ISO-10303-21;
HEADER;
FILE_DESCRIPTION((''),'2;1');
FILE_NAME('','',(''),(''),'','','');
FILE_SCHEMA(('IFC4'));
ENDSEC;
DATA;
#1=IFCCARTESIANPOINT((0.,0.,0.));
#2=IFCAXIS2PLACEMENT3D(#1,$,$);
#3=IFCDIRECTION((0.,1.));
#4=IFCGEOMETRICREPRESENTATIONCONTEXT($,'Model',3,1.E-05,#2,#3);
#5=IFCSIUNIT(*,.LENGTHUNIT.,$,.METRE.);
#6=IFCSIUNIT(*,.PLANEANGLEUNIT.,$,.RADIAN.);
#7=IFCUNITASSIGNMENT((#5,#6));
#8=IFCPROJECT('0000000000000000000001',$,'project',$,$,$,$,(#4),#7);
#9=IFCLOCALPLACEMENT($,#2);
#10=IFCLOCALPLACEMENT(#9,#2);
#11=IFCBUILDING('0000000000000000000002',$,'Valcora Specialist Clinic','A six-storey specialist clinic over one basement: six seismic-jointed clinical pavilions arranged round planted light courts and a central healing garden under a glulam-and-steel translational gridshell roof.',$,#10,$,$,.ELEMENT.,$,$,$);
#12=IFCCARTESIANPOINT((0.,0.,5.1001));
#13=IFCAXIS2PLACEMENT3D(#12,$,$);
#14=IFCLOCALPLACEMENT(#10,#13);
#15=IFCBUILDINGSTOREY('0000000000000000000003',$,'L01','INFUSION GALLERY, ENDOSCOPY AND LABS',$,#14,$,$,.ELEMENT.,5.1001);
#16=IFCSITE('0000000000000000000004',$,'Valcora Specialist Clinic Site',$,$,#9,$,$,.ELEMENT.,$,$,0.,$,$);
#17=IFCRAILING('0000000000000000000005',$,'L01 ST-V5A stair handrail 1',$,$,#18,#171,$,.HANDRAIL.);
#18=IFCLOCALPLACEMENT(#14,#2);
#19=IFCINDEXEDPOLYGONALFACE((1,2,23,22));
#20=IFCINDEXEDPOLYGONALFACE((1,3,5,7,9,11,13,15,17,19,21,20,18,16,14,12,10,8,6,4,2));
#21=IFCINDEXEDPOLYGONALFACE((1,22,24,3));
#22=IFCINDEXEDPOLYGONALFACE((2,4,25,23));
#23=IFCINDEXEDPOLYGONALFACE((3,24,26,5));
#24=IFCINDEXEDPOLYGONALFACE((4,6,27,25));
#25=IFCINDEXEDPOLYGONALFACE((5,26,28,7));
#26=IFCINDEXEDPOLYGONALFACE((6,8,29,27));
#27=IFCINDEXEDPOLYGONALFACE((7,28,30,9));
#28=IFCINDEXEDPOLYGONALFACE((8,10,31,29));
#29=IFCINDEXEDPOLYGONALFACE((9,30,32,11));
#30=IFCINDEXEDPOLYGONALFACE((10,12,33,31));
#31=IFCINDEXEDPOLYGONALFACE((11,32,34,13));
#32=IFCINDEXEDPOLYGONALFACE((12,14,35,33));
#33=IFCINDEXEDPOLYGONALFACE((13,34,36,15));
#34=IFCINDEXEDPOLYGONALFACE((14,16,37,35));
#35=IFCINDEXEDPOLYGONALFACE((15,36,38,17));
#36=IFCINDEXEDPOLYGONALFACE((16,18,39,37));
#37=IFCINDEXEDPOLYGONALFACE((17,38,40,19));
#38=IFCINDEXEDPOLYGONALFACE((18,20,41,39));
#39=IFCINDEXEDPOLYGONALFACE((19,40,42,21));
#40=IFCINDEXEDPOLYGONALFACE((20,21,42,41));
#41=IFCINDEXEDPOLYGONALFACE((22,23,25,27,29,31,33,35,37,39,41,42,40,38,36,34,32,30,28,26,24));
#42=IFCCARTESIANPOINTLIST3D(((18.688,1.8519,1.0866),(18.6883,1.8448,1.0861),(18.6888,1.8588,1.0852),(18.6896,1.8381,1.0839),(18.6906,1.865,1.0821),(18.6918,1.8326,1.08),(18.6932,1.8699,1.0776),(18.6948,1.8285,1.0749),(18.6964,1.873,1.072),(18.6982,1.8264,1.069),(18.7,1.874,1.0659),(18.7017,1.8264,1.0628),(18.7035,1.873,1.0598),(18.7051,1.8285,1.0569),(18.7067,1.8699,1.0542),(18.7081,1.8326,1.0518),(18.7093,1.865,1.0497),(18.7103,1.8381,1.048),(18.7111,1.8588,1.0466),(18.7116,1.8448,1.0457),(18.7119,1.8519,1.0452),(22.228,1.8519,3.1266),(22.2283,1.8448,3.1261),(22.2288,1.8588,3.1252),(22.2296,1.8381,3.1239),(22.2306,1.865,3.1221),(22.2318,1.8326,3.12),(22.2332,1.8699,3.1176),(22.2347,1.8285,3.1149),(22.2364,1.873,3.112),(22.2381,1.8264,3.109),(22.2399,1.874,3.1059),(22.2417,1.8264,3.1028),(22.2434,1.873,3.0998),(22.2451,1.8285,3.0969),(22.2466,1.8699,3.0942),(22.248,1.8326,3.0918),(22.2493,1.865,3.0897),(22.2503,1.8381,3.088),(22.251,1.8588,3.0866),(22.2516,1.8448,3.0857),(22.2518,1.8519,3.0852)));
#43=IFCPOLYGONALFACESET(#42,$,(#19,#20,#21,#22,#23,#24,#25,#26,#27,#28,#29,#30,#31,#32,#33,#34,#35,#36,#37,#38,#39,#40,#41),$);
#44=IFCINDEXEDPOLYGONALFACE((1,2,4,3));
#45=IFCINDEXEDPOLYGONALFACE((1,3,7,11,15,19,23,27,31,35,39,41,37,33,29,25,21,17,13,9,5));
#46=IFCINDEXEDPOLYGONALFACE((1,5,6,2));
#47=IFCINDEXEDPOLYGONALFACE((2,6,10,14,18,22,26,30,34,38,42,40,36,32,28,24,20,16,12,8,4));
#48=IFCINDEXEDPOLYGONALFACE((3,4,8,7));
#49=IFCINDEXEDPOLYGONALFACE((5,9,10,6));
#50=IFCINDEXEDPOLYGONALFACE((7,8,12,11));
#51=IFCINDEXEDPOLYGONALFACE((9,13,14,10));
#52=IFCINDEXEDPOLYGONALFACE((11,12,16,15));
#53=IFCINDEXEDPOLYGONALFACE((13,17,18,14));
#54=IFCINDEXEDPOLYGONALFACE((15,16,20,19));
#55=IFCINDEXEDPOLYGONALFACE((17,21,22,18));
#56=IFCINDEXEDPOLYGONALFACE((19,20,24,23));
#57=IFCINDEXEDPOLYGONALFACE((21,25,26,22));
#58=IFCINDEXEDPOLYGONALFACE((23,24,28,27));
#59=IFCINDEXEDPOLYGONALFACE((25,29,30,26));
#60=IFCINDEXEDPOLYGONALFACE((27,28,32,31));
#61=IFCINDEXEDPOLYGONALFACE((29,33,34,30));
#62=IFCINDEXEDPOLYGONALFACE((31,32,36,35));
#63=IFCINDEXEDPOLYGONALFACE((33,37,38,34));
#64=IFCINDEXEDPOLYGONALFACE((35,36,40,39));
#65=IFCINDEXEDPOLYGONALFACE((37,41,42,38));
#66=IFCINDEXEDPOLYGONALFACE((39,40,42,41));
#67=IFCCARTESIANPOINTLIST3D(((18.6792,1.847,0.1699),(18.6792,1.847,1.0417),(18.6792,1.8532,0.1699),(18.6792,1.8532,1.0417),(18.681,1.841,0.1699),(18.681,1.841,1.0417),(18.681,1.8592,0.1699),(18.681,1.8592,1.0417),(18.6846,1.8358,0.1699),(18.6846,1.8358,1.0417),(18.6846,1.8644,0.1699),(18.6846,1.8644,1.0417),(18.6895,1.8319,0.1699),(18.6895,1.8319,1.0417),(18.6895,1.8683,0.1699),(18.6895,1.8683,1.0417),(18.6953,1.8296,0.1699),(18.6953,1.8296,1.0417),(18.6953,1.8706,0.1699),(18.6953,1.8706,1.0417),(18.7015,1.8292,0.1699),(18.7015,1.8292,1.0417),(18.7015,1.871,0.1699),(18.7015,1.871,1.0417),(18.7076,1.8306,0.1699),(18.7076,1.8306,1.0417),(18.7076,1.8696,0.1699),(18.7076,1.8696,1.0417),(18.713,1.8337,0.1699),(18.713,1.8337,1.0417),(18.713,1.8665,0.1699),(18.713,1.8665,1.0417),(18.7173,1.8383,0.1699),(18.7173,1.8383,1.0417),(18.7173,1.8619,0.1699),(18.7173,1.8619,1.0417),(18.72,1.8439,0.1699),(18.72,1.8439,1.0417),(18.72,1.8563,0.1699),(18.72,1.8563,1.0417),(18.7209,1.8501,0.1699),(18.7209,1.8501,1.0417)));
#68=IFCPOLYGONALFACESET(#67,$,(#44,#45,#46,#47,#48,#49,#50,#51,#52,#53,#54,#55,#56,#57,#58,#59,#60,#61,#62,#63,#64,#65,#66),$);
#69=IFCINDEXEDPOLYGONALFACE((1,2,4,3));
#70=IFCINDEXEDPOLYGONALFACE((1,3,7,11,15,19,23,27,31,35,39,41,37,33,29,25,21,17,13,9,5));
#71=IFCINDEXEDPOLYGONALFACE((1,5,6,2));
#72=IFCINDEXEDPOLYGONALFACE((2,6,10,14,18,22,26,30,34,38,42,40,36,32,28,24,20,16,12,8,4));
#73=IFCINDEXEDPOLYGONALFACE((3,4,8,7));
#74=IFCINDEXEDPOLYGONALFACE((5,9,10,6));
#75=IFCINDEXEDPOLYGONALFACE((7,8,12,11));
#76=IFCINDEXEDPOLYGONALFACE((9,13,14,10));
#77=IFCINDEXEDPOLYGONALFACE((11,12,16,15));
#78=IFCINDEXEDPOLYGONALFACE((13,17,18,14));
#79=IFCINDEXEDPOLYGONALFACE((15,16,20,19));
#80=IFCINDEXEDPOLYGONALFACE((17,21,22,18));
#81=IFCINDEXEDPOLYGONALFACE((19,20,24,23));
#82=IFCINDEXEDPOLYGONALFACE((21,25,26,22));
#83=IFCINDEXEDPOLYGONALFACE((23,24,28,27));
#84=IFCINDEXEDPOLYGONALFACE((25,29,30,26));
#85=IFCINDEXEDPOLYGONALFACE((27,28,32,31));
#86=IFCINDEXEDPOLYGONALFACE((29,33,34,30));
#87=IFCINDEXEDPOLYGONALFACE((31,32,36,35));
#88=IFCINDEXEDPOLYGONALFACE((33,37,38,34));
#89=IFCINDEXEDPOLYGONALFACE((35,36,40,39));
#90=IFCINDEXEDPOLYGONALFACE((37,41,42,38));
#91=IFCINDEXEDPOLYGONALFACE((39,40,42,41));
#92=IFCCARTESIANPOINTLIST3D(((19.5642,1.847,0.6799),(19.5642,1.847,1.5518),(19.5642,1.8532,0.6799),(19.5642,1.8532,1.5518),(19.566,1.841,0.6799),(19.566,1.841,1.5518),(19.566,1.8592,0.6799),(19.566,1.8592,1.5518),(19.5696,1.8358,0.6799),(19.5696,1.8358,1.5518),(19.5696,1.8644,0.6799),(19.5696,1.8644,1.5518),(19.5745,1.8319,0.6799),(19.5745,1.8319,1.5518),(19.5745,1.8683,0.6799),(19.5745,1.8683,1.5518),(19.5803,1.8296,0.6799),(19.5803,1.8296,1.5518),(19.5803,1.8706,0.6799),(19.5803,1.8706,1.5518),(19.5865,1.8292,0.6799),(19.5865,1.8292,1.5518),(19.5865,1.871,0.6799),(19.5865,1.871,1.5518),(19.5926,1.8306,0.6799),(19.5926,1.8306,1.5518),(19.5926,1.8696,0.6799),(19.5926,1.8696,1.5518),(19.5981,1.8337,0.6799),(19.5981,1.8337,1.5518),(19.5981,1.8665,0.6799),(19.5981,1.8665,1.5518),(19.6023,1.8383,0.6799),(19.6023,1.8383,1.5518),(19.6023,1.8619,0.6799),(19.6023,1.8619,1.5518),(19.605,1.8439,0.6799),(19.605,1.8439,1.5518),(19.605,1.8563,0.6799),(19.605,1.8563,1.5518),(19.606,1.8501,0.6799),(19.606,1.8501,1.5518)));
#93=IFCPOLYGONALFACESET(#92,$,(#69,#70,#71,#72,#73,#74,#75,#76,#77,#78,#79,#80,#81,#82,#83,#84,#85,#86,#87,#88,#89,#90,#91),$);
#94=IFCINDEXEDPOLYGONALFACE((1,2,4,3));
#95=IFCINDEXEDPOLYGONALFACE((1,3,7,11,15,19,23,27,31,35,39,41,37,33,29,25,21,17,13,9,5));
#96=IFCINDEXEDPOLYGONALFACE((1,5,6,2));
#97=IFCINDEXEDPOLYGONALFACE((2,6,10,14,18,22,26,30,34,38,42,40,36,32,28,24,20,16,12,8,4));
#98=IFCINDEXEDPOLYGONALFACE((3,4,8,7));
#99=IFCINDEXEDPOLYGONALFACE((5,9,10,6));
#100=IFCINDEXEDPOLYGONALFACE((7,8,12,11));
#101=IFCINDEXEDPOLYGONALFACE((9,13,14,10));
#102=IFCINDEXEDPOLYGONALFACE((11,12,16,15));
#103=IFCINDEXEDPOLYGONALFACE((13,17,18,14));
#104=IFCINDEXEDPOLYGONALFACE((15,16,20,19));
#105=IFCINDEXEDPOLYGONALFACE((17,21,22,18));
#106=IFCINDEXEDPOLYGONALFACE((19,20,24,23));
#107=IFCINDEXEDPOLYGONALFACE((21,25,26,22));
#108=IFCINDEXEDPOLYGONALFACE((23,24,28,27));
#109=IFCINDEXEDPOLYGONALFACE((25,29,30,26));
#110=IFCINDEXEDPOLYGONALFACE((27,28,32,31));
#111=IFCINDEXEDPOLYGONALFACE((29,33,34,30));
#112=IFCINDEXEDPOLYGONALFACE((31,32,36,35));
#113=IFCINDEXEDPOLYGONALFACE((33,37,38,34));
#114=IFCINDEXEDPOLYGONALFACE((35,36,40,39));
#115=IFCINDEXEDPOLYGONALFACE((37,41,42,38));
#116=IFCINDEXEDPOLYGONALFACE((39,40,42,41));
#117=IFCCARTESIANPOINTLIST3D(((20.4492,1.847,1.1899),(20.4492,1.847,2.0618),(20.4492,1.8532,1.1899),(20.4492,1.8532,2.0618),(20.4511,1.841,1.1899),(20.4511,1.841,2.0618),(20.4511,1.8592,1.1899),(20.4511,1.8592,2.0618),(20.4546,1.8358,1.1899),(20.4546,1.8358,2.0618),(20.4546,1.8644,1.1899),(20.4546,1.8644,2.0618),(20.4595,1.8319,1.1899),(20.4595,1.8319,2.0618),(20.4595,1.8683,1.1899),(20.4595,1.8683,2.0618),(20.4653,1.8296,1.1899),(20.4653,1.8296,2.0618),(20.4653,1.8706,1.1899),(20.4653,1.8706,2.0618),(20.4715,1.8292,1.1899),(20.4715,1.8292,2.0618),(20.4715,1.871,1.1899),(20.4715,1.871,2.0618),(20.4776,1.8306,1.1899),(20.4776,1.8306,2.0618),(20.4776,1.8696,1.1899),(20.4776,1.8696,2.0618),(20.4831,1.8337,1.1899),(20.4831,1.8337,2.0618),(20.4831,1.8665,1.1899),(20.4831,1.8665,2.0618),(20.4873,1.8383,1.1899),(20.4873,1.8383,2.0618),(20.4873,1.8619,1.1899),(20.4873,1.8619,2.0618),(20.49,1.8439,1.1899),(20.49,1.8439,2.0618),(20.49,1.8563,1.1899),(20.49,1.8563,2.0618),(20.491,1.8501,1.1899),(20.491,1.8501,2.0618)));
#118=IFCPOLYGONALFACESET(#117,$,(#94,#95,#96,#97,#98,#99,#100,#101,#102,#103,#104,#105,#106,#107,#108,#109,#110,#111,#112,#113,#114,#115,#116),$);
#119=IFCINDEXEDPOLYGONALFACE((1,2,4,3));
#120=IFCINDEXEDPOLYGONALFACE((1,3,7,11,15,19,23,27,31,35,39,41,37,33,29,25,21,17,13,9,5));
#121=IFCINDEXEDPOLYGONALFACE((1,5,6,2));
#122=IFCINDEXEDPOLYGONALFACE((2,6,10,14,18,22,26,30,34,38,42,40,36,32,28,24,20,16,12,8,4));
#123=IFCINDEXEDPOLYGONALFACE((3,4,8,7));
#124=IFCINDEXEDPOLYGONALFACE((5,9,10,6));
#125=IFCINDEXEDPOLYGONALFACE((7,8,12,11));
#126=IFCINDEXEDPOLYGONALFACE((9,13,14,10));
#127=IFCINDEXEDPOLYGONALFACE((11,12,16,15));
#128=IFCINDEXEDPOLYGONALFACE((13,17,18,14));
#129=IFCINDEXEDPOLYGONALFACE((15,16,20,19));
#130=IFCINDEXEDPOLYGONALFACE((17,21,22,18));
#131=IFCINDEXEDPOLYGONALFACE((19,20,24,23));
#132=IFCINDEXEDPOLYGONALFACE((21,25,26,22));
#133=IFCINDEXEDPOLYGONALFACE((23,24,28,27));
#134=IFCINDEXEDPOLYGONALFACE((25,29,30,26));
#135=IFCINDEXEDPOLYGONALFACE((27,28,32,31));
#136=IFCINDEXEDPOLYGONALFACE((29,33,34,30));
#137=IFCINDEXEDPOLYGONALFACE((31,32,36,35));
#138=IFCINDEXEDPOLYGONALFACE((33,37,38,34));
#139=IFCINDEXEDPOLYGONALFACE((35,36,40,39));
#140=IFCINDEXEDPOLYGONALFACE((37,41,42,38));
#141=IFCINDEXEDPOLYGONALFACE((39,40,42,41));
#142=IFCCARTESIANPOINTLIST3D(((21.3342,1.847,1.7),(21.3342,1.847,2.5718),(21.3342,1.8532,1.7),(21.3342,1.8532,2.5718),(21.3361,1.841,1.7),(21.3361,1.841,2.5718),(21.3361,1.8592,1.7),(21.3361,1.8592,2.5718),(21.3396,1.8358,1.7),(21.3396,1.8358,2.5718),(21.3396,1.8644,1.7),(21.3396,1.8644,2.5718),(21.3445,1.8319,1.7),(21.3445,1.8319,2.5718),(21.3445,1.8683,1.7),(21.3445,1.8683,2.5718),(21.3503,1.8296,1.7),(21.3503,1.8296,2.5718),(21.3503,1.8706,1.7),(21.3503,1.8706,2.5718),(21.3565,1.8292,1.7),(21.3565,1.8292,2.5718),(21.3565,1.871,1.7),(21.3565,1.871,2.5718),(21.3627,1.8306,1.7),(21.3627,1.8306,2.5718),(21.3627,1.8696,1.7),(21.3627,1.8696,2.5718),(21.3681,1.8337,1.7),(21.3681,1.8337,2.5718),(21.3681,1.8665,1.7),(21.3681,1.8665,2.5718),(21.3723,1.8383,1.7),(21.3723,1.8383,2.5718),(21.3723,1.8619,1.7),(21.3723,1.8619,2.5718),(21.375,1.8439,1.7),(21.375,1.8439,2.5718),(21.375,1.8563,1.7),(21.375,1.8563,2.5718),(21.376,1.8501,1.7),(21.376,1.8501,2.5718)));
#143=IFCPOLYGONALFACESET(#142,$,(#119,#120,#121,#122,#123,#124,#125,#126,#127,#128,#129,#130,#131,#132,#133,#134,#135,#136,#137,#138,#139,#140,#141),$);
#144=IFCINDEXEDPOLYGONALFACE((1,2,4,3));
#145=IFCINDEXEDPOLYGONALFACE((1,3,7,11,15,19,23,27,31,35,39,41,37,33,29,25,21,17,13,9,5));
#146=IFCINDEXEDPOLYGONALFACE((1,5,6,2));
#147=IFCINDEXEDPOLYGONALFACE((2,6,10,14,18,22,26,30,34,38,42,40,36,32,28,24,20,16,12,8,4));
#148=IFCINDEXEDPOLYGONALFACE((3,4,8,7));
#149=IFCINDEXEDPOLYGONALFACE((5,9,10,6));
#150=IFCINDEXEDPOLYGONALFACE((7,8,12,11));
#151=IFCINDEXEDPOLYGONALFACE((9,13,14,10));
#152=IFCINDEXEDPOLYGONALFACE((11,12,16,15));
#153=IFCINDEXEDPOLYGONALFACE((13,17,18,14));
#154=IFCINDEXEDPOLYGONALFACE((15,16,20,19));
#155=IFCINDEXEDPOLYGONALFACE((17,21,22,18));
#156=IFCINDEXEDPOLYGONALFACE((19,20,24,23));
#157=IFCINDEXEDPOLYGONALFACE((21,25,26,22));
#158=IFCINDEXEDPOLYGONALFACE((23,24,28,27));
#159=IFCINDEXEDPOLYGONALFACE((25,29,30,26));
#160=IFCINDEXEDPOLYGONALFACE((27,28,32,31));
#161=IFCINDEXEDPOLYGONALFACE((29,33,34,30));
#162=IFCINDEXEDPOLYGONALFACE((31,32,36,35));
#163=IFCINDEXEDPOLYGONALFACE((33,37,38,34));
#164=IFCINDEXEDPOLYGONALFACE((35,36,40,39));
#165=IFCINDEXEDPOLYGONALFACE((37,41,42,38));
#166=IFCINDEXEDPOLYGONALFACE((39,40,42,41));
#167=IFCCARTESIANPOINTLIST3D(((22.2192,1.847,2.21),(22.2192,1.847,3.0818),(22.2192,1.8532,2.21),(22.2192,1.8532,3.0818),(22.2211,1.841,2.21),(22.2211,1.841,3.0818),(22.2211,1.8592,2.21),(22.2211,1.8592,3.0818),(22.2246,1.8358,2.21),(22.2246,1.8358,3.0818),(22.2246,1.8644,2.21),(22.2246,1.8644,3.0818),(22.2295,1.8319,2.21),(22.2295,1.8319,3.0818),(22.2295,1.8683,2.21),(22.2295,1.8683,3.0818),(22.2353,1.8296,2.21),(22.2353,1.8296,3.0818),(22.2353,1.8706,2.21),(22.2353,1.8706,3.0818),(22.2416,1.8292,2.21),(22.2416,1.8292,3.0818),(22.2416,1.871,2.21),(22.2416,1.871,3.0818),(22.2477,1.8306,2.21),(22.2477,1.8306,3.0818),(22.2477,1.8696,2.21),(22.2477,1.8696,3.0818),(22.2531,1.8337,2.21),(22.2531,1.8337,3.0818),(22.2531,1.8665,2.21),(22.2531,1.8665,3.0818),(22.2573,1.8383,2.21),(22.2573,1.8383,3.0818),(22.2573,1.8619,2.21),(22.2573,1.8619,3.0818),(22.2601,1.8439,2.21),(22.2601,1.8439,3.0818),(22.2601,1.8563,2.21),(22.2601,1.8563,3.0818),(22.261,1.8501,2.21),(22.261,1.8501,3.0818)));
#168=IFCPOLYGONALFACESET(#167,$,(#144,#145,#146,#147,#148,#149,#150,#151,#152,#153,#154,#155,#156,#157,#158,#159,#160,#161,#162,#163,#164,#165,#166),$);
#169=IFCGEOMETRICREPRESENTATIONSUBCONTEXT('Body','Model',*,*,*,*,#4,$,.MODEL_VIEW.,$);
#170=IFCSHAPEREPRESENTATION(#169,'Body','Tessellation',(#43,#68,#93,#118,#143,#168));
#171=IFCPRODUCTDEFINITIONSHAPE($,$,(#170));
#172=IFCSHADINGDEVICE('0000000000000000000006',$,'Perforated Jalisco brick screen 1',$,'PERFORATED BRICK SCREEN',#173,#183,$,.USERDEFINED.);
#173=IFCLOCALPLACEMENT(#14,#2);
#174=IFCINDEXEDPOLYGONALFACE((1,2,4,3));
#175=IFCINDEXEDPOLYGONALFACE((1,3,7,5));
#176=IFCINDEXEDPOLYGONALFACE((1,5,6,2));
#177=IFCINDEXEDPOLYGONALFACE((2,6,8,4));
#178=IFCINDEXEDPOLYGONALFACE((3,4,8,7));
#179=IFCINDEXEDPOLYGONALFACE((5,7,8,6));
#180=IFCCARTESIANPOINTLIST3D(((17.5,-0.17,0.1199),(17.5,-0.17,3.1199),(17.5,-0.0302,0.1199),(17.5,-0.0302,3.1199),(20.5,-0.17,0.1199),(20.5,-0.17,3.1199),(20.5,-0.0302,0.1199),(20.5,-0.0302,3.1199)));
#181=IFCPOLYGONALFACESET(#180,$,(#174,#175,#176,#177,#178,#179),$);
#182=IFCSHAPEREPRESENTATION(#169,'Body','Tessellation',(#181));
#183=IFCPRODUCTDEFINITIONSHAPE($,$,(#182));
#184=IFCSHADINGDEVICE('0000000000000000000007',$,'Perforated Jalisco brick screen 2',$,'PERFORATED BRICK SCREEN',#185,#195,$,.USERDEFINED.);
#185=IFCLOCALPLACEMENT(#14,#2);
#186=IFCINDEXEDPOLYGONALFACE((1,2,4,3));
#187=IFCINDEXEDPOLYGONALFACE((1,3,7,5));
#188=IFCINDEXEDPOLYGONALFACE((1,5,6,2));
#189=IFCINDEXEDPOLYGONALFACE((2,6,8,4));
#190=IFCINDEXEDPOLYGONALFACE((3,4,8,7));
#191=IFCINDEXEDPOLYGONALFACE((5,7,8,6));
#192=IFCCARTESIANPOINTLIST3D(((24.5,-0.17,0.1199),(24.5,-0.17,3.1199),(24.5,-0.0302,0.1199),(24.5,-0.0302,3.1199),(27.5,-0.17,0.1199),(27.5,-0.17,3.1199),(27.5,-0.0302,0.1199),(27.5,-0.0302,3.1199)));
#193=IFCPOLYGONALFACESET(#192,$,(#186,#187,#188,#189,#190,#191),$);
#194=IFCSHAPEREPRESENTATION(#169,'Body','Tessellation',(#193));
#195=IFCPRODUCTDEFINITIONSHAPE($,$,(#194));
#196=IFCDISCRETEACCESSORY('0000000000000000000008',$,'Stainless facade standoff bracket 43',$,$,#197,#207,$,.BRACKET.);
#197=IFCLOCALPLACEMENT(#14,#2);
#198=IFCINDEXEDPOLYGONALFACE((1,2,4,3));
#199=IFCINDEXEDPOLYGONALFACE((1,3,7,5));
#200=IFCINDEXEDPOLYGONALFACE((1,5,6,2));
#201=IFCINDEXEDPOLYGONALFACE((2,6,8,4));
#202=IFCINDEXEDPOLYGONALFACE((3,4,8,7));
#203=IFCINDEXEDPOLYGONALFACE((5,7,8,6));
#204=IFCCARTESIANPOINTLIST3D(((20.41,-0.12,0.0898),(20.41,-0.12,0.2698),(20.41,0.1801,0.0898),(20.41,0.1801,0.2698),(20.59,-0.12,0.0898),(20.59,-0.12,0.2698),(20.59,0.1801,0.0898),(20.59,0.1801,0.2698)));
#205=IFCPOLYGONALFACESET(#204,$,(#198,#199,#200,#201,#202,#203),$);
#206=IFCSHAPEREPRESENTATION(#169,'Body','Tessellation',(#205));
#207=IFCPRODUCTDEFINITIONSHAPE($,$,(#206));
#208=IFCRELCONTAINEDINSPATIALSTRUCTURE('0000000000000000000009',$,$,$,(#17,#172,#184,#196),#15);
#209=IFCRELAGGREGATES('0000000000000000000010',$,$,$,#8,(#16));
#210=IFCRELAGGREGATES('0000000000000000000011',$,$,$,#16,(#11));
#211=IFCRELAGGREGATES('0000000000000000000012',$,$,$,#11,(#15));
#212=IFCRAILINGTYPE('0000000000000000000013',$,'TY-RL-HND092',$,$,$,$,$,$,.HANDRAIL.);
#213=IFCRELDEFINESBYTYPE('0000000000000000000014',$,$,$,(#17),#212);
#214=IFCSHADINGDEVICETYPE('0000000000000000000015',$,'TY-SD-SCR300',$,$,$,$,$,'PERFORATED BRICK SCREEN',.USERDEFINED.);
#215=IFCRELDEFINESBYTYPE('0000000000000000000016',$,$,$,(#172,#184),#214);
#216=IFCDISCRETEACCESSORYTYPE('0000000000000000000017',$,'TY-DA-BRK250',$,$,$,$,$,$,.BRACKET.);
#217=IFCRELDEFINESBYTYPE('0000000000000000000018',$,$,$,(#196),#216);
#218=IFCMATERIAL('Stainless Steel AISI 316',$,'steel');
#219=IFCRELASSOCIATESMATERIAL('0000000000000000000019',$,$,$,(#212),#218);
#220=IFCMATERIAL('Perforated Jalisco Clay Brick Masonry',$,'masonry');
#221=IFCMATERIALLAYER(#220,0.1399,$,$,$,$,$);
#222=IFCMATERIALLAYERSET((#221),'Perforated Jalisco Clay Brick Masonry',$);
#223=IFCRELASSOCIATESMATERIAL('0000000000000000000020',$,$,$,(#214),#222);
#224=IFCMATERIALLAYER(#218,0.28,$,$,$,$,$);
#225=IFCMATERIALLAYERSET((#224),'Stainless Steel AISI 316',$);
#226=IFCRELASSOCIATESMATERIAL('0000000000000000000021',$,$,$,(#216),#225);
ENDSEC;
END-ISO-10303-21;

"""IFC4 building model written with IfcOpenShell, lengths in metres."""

from ifc_helpers import new_model, si_unit, direction, frame, origin, origin_2d, place, context, subcontext, project, spatial, rectangle, circle, extrude, material, layer, layer_set, type_object, element, save


model = new_model("IFC4")

# Units and contexts
model_context = context("Model", 3, precision=1e-05, world=origin(), true_north=direction((0.0, 1.0)))
body_context = subcontext(model_context, "Body", "Model", "MODEL_VIEW")
ifc_project = project(units=[si_unit("LENGTHUNIT", "METRE"), si_unit("PLANEANGLEUNIT", "RADIAN")], contexts=[model_context])

# Site, building, storey
site_placement = place(None, origin())
site = spatial("IfcSite", under=ifc_project, at=site_placement, Name="Valcora Specialist Clinic Site", CompositionType="ELEMENT", RefElevation=0.0)
building_placement = place(site_placement, origin())
building = spatial("IfcBuilding", under=site, at=building_placement, Name="Valcora Specialist Clinic", Description="A six-storey specialist clinic over one basement: six seismic-jointed clinical pavilions arranged round planted light courts and a central healing garden under a glulam-and-steel translational gridshell roof.", CompositionType="ELEMENT")
storey_placement = place(building_placement, frame((0.0, 0.0, 5.1001)))
storey = spatial("IfcBuildingStorey", under=building, at=storey_placement, Name="L01", Description="INFUSION GALLERY, ENDOSCOPY AND LABS", CompositionType="ELEMENT", Elevation=5.1001)

# Railing
ifc_material_1 = material(Name="Stainless Steel AISI 316", Category="steel")
railing_type = type_object("IfcRailingType", Name="TY-RL-HND092", PredefinedType="HANDRAIL", material=ifc_material_1)
railing_placement = place(storey_placement, frame((18.7, 1.8501, 0.1699)))
element("IfcRailing", 1, at=railing_placement, inside=storey, type_object=railing_type, Name="L01 ST-V5A stair handrail 1", PredefinedType="HANDRAIL", context=body_context, shape_type="SweptSolid", body=[
    extrude(circle(Radius=0.0239, at=origin_2d()), frame((0.0, 0.0, 0.896), z_axis=(0.866428, 0.0, 0.499302), x_axis=(0.0, 1.0, 0.0)), (0.0, 0.0, 1.0), 4.0857),
    extrude(circle(Radius=0.021, at=origin_2d()), origin(), (0.0, 0.0, 1.0), 0.8718),
    extrude(circle(Radius=0.021, at=origin_2d()), frame((0.885, 0.0, 0.51)), (0.0, 0.0, 1.0), 0.8718),
    extrude(circle(Radius=0.021, at=origin_2d()), frame((1.77, 0.0, 1.02)), (0.0, 0.0, 1.0), 0.8718),
    extrude(circle(Radius=0.021, at=origin_2d()), frame((2.655, 0.0, 1.53)), (0.0, 0.0, 1.0), 0.8718),
    extrude(circle(Radius=0.021, at=origin_2d()), frame((3.54, 0.0, 2.04)), (0.0, 0.0, 1.0), 0.8718),
])

# Shading devices
ifc_material_2 = material(Name="Perforated Jalisco Clay Brick Masonry", Category="masonry")
ifc_layer_1 = layer(ifc_material_2, 0.1399)
ifc_layer_set_1 = layer_set([ifc_layer_1], Name="Perforated Jalisco Clay Brick Masonry")
shading_device_type = type_object("IfcShadingDeviceType", Name="TY-SD-SCR300", ElementType="PERFORATED BRICK SCREEN", PredefinedType="USERDEFINED", material=ifc_layer_set_1)
for number, where, z_axis, x_axis, name in (
    (2, (19.0, -0.1001, 0.1199), (0.0, 0.0, 1.0), (1.0, 0.0, 0.0), "Perforated Jalisco brick screen 1"),
    (3, (26.0, -0.1001, 0.1199), (0.0, 0.0, 1.0), (1.0, 0.0, 0.0), "Perforated Jalisco brick screen 2"),
):
    element("IfcShadingDevice", number, at=place(storey_placement, frame(where, z_axis=z_axis, x_axis=x_axis)), inside=storey, type_object=shading_device_type, Name=name, ObjectType="PERFORATED BRICK SCREEN", PredefinedType="USERDEFINED", context=body_context, shape_type="SweptSolid", body=[
        extrude(rectangle(XDim=3.0, YDim=0.1399, at=origin_2d()), origin(), (0.0, 0.0, 1.0), 3.0),
    ])

# Discrete accessory
ifc_layer_2 = layer(ifc_material_1, 0.28)
ifc_layer_set_2 = layer_set([ifc_layer_2], Name="Stainless Steel AISI 316")
discrete_accessory_type = type_object("IfcDiscreteAccessoryType", Name="TY-DA-BRK250", PredefinedType="BRACKET", material=ifc_layer_set_2)
for number, where, z_axis, x_axis, name in (
    (4, (20.5, 0.03, 0.0898), (0.0, 0.0, 1.0), (1.0, 0.0, 0.0), "Stainless facade standoff bracket 43"),
):
    element("IfcDiscreteAccessory", number, at=place(storey_placement, frame(where, z_axis=z_axis, x_axis=x_axis)), inside=storey, type_object=discrete_accessory_type, Name=name, PredefinedType="BRACKET", context=body_context, shape_type="SweptSolid", body=[
        extrude(rectangle(XDim=0.1799, YDim=0.3, at=origin_2d()), origin(), (0.0, 0.0, 1.0), 0.1799),
    ])

save(model, "model.ifc")
